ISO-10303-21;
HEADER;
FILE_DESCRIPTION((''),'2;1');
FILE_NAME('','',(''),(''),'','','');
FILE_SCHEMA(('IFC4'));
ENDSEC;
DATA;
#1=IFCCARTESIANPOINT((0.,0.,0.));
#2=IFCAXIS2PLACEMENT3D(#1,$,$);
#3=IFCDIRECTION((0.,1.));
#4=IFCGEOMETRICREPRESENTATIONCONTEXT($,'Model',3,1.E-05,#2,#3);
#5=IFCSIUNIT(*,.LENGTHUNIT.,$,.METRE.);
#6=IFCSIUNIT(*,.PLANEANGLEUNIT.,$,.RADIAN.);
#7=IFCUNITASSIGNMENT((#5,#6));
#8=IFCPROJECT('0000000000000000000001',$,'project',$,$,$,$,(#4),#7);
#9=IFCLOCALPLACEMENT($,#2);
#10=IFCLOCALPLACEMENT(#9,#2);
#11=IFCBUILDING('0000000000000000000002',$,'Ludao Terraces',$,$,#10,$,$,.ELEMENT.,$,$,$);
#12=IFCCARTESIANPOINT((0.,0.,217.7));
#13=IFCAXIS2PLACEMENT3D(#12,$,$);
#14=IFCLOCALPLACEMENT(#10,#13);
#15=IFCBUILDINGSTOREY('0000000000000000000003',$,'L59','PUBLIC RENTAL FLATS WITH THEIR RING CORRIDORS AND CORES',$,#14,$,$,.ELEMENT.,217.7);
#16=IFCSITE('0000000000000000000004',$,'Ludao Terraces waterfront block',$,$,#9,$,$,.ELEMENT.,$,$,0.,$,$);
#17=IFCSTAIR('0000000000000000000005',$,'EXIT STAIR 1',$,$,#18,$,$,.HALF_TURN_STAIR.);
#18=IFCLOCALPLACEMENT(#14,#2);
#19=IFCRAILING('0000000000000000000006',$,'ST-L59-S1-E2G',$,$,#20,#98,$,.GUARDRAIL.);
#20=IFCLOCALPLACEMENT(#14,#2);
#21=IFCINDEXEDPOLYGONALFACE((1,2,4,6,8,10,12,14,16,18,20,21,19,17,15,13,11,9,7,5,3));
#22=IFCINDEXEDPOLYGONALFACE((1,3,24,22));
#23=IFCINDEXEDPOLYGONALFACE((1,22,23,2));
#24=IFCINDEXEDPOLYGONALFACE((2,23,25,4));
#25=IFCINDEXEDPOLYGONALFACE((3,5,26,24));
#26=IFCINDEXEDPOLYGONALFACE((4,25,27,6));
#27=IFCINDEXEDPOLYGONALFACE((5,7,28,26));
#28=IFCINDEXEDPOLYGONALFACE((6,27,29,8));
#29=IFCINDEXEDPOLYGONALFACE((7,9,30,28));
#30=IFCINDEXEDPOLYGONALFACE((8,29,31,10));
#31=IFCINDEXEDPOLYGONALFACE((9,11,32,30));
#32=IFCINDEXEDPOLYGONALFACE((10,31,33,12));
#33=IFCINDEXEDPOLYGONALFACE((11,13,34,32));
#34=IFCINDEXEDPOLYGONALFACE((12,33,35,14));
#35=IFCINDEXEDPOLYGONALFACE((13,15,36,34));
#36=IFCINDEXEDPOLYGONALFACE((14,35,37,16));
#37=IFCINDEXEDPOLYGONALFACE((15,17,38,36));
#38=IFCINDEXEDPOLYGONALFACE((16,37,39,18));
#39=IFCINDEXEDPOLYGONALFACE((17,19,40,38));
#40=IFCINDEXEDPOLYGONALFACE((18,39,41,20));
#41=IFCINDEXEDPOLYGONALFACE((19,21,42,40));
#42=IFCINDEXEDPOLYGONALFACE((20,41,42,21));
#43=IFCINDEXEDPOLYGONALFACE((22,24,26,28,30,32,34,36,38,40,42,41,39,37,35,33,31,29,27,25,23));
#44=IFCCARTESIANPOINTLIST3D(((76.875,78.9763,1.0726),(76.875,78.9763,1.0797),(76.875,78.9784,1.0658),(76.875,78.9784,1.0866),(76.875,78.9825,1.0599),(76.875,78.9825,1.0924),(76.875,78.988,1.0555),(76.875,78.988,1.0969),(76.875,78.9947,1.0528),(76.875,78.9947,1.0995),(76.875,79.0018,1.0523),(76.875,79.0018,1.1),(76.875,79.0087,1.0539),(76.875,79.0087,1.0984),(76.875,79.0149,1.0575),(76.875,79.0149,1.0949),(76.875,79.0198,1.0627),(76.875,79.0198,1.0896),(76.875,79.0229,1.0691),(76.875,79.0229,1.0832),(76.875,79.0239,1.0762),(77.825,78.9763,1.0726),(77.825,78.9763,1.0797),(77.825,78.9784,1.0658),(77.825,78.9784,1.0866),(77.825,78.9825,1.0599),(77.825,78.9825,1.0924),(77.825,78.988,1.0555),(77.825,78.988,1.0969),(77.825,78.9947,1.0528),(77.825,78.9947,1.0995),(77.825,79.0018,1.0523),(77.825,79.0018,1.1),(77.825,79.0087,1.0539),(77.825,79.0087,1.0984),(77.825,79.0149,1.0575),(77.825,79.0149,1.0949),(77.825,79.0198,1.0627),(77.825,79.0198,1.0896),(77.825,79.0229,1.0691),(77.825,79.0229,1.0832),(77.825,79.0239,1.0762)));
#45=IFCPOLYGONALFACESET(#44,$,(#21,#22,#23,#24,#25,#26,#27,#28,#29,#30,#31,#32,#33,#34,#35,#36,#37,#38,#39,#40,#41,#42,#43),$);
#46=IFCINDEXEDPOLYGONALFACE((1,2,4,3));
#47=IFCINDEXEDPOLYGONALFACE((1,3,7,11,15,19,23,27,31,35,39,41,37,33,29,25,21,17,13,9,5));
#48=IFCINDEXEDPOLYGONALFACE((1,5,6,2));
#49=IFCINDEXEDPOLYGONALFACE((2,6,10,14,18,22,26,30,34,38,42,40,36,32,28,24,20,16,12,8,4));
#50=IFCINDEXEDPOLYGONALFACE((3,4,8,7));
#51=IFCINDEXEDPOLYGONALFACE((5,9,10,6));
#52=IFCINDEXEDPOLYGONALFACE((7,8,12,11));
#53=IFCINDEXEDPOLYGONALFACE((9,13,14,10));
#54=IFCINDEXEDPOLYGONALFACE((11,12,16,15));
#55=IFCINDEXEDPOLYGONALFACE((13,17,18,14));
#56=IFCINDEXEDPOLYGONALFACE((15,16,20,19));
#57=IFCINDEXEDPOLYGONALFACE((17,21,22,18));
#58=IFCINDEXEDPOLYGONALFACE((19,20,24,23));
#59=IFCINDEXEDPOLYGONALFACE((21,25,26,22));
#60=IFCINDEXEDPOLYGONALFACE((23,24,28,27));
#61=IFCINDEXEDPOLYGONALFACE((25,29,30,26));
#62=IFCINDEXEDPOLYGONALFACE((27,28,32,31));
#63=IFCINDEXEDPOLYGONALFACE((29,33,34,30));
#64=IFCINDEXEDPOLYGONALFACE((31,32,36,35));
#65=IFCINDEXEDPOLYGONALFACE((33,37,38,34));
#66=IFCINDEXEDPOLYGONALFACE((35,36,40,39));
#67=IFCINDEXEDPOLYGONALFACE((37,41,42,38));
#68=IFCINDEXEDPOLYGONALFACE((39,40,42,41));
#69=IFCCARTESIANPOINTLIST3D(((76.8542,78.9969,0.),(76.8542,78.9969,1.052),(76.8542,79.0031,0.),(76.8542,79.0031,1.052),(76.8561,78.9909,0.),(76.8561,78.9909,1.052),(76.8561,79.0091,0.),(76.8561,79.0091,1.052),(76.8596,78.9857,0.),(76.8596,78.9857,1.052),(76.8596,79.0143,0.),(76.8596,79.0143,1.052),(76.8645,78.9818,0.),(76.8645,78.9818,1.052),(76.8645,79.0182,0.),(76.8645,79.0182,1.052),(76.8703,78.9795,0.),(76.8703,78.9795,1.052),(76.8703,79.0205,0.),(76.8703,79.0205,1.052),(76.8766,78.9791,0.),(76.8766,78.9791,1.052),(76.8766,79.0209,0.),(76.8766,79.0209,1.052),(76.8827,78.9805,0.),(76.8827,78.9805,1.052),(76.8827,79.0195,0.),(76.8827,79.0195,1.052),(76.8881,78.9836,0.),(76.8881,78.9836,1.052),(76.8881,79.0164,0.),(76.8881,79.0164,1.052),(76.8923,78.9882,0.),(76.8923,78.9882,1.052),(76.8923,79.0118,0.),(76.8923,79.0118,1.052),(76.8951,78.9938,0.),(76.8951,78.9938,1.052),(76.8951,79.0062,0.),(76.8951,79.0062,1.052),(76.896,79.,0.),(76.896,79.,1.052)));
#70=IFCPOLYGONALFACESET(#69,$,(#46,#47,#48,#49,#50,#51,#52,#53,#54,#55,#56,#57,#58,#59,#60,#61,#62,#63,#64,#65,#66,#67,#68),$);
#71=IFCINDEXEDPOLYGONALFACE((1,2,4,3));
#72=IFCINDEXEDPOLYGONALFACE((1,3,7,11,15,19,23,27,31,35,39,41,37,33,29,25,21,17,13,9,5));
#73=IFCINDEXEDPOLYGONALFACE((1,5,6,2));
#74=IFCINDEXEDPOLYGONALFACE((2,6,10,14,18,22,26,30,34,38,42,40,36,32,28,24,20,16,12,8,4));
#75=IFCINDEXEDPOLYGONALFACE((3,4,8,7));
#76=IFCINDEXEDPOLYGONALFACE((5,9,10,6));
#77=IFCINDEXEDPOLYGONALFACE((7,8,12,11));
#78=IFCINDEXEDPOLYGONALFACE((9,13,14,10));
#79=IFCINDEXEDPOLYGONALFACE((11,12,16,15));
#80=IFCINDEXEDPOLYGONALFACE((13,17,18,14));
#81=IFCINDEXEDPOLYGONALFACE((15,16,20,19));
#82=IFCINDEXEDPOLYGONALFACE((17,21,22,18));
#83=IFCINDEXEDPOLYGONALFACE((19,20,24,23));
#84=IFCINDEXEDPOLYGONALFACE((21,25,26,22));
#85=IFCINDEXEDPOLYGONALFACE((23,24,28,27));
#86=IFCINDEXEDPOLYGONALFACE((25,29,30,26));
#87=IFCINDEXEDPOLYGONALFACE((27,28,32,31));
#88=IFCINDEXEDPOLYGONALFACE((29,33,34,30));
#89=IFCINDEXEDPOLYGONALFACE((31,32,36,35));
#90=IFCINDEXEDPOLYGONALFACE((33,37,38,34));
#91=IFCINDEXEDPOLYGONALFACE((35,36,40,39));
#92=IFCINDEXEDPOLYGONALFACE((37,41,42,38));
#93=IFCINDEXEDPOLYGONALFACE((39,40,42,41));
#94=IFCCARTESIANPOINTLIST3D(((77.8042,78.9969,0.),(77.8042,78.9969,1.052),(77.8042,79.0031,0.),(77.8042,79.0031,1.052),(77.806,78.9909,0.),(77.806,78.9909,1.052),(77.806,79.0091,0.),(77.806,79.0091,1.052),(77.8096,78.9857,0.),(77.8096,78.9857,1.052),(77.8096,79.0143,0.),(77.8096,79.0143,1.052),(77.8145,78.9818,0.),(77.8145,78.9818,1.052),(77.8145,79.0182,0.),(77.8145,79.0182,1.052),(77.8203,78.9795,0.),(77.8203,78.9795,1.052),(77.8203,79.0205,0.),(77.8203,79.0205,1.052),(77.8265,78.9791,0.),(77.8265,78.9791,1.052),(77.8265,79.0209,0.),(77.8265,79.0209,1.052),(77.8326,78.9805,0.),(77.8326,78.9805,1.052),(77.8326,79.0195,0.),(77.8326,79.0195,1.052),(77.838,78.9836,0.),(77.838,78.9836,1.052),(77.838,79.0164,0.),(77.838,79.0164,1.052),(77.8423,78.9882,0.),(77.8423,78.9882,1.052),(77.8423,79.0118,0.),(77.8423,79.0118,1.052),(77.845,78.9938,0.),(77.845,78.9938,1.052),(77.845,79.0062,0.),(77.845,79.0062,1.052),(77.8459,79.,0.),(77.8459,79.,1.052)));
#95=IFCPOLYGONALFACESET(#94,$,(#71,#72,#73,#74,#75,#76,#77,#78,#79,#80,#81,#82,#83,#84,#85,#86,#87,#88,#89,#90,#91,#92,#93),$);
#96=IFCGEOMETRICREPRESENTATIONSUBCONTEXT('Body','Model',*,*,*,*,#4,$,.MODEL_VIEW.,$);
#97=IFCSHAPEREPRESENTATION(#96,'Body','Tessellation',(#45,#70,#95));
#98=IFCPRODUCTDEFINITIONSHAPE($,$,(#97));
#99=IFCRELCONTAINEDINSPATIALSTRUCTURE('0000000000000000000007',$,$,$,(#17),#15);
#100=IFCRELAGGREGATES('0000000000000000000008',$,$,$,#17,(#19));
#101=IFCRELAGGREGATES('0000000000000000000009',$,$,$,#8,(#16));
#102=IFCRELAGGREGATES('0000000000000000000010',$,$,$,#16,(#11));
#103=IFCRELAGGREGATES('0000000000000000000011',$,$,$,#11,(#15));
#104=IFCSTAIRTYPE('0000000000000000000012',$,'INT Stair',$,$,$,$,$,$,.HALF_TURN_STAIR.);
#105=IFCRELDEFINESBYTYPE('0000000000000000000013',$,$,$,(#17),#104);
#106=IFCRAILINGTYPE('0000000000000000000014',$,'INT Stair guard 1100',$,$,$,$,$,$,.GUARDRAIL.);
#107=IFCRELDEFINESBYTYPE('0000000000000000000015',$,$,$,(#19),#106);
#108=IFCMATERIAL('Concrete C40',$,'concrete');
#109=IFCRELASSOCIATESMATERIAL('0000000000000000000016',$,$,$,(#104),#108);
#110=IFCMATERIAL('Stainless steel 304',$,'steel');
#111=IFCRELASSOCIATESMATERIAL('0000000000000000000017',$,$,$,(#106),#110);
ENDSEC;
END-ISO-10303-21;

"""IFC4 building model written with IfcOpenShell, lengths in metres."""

from ifc_helpers import new_model, si_unit, direction, frame, origin, origin_2d, place, context, subcontext, project, spatial, circle, extrude, material, type_object, element, aggregate, save


model = new_model("IFC4")

# Units and contexts
model_context = context("Model", 3, precision=1e-05, world=origin(), true_north=direction((0.0, 1.0)))
body_context = subcontext(model_context, "Body", "Model", "MODEL_VIEW")
ifc_project = project(units=[si_unit("LENGTHUNIT", "METRE"), si_unit("PLANEANGLEUNIT", "RADIAN")], contexts=[model_context])

# Site, building, storey
site_placement = place(None, origin())
site = spatial("IfcSite", under=ifc_project, at=site_placement, Name="Ludao Terraces waterfront block", CompositionType="ELEMENT", RefElevation=0.0)
building_placement = place(site_placement, origin())
building = spatial("IfcBuilding", under=site, at=building_placement, Name="Ludao Terraces", CompositionType="ELEMENT")
storey_placement = place(building_placement, frame((0.0, 0.0, 217.7)))
storey = spatial("IfcBuildingStorey", under=building, at=storey_placement, Name="L59", Description="PUBLIC RENTAL FLATS WITH THEIR RING CORRIDORS AND CORES", CompositionType="ELEMENT", Elevation=217.7)

# Shared definitions
ifc_material_1 = material(Name="Concrete C40", Category="concrete")

# Stair, railing
stair_type = type_object("IfcStairType", Name="INT Stair", PredefinedType="HALF_TURN_STAIR", material=ifc_material_1)
stair_placement = place(storey_placement, origin())
stair = element("IfcStair", 1, at=stair_placement, inside=storey, type_object=stair_type, Name="EXIT STAIR 1", PredefinedType="HALF_TURN_STAIR")
ifc_material_2 = material(Name="Stainless steel 304", Category="steel")
railing_type_1 = type_object("IfcRailingType", Name="INT Stair guard 1100", PredefinedType="GUARDRAIL", material=ifc_material_2)
railing_1_placement = place(storey_placement, frame((76.875, 79.0, 0.0)))
railing_1 = element("IfcRailing", 2, at=railing_1_placement, type_object=railing_type_1, Name="ST-L59-S1-E2G", PredefinedType="GUARDRAIL", context=body_context, shape_type="SweptSolid", body=[
    extrude(circle(Radius=0.0239, at=origin_2d()), frame((0.0, 0.0, 1.0762), z_axis=(1.0, 0.0, 0.0), x_axis=(0.0, 1.0, 0.0)), (0.0, 0.0, 1.0), 0.95),
    extrude(circle(Radius=0.021, at=origin_2d()), origin(), (0.0, 0.0, 1.0), 1.052),
    extrude(circle(Radius=0.021, at=origin_2d()), frame((0.95, 0.0, 0.0)), (0.0, 0.0, 1.0), 1.052),
])
aggregate(stair, [railing_1])

save(model, "model.ifc")
